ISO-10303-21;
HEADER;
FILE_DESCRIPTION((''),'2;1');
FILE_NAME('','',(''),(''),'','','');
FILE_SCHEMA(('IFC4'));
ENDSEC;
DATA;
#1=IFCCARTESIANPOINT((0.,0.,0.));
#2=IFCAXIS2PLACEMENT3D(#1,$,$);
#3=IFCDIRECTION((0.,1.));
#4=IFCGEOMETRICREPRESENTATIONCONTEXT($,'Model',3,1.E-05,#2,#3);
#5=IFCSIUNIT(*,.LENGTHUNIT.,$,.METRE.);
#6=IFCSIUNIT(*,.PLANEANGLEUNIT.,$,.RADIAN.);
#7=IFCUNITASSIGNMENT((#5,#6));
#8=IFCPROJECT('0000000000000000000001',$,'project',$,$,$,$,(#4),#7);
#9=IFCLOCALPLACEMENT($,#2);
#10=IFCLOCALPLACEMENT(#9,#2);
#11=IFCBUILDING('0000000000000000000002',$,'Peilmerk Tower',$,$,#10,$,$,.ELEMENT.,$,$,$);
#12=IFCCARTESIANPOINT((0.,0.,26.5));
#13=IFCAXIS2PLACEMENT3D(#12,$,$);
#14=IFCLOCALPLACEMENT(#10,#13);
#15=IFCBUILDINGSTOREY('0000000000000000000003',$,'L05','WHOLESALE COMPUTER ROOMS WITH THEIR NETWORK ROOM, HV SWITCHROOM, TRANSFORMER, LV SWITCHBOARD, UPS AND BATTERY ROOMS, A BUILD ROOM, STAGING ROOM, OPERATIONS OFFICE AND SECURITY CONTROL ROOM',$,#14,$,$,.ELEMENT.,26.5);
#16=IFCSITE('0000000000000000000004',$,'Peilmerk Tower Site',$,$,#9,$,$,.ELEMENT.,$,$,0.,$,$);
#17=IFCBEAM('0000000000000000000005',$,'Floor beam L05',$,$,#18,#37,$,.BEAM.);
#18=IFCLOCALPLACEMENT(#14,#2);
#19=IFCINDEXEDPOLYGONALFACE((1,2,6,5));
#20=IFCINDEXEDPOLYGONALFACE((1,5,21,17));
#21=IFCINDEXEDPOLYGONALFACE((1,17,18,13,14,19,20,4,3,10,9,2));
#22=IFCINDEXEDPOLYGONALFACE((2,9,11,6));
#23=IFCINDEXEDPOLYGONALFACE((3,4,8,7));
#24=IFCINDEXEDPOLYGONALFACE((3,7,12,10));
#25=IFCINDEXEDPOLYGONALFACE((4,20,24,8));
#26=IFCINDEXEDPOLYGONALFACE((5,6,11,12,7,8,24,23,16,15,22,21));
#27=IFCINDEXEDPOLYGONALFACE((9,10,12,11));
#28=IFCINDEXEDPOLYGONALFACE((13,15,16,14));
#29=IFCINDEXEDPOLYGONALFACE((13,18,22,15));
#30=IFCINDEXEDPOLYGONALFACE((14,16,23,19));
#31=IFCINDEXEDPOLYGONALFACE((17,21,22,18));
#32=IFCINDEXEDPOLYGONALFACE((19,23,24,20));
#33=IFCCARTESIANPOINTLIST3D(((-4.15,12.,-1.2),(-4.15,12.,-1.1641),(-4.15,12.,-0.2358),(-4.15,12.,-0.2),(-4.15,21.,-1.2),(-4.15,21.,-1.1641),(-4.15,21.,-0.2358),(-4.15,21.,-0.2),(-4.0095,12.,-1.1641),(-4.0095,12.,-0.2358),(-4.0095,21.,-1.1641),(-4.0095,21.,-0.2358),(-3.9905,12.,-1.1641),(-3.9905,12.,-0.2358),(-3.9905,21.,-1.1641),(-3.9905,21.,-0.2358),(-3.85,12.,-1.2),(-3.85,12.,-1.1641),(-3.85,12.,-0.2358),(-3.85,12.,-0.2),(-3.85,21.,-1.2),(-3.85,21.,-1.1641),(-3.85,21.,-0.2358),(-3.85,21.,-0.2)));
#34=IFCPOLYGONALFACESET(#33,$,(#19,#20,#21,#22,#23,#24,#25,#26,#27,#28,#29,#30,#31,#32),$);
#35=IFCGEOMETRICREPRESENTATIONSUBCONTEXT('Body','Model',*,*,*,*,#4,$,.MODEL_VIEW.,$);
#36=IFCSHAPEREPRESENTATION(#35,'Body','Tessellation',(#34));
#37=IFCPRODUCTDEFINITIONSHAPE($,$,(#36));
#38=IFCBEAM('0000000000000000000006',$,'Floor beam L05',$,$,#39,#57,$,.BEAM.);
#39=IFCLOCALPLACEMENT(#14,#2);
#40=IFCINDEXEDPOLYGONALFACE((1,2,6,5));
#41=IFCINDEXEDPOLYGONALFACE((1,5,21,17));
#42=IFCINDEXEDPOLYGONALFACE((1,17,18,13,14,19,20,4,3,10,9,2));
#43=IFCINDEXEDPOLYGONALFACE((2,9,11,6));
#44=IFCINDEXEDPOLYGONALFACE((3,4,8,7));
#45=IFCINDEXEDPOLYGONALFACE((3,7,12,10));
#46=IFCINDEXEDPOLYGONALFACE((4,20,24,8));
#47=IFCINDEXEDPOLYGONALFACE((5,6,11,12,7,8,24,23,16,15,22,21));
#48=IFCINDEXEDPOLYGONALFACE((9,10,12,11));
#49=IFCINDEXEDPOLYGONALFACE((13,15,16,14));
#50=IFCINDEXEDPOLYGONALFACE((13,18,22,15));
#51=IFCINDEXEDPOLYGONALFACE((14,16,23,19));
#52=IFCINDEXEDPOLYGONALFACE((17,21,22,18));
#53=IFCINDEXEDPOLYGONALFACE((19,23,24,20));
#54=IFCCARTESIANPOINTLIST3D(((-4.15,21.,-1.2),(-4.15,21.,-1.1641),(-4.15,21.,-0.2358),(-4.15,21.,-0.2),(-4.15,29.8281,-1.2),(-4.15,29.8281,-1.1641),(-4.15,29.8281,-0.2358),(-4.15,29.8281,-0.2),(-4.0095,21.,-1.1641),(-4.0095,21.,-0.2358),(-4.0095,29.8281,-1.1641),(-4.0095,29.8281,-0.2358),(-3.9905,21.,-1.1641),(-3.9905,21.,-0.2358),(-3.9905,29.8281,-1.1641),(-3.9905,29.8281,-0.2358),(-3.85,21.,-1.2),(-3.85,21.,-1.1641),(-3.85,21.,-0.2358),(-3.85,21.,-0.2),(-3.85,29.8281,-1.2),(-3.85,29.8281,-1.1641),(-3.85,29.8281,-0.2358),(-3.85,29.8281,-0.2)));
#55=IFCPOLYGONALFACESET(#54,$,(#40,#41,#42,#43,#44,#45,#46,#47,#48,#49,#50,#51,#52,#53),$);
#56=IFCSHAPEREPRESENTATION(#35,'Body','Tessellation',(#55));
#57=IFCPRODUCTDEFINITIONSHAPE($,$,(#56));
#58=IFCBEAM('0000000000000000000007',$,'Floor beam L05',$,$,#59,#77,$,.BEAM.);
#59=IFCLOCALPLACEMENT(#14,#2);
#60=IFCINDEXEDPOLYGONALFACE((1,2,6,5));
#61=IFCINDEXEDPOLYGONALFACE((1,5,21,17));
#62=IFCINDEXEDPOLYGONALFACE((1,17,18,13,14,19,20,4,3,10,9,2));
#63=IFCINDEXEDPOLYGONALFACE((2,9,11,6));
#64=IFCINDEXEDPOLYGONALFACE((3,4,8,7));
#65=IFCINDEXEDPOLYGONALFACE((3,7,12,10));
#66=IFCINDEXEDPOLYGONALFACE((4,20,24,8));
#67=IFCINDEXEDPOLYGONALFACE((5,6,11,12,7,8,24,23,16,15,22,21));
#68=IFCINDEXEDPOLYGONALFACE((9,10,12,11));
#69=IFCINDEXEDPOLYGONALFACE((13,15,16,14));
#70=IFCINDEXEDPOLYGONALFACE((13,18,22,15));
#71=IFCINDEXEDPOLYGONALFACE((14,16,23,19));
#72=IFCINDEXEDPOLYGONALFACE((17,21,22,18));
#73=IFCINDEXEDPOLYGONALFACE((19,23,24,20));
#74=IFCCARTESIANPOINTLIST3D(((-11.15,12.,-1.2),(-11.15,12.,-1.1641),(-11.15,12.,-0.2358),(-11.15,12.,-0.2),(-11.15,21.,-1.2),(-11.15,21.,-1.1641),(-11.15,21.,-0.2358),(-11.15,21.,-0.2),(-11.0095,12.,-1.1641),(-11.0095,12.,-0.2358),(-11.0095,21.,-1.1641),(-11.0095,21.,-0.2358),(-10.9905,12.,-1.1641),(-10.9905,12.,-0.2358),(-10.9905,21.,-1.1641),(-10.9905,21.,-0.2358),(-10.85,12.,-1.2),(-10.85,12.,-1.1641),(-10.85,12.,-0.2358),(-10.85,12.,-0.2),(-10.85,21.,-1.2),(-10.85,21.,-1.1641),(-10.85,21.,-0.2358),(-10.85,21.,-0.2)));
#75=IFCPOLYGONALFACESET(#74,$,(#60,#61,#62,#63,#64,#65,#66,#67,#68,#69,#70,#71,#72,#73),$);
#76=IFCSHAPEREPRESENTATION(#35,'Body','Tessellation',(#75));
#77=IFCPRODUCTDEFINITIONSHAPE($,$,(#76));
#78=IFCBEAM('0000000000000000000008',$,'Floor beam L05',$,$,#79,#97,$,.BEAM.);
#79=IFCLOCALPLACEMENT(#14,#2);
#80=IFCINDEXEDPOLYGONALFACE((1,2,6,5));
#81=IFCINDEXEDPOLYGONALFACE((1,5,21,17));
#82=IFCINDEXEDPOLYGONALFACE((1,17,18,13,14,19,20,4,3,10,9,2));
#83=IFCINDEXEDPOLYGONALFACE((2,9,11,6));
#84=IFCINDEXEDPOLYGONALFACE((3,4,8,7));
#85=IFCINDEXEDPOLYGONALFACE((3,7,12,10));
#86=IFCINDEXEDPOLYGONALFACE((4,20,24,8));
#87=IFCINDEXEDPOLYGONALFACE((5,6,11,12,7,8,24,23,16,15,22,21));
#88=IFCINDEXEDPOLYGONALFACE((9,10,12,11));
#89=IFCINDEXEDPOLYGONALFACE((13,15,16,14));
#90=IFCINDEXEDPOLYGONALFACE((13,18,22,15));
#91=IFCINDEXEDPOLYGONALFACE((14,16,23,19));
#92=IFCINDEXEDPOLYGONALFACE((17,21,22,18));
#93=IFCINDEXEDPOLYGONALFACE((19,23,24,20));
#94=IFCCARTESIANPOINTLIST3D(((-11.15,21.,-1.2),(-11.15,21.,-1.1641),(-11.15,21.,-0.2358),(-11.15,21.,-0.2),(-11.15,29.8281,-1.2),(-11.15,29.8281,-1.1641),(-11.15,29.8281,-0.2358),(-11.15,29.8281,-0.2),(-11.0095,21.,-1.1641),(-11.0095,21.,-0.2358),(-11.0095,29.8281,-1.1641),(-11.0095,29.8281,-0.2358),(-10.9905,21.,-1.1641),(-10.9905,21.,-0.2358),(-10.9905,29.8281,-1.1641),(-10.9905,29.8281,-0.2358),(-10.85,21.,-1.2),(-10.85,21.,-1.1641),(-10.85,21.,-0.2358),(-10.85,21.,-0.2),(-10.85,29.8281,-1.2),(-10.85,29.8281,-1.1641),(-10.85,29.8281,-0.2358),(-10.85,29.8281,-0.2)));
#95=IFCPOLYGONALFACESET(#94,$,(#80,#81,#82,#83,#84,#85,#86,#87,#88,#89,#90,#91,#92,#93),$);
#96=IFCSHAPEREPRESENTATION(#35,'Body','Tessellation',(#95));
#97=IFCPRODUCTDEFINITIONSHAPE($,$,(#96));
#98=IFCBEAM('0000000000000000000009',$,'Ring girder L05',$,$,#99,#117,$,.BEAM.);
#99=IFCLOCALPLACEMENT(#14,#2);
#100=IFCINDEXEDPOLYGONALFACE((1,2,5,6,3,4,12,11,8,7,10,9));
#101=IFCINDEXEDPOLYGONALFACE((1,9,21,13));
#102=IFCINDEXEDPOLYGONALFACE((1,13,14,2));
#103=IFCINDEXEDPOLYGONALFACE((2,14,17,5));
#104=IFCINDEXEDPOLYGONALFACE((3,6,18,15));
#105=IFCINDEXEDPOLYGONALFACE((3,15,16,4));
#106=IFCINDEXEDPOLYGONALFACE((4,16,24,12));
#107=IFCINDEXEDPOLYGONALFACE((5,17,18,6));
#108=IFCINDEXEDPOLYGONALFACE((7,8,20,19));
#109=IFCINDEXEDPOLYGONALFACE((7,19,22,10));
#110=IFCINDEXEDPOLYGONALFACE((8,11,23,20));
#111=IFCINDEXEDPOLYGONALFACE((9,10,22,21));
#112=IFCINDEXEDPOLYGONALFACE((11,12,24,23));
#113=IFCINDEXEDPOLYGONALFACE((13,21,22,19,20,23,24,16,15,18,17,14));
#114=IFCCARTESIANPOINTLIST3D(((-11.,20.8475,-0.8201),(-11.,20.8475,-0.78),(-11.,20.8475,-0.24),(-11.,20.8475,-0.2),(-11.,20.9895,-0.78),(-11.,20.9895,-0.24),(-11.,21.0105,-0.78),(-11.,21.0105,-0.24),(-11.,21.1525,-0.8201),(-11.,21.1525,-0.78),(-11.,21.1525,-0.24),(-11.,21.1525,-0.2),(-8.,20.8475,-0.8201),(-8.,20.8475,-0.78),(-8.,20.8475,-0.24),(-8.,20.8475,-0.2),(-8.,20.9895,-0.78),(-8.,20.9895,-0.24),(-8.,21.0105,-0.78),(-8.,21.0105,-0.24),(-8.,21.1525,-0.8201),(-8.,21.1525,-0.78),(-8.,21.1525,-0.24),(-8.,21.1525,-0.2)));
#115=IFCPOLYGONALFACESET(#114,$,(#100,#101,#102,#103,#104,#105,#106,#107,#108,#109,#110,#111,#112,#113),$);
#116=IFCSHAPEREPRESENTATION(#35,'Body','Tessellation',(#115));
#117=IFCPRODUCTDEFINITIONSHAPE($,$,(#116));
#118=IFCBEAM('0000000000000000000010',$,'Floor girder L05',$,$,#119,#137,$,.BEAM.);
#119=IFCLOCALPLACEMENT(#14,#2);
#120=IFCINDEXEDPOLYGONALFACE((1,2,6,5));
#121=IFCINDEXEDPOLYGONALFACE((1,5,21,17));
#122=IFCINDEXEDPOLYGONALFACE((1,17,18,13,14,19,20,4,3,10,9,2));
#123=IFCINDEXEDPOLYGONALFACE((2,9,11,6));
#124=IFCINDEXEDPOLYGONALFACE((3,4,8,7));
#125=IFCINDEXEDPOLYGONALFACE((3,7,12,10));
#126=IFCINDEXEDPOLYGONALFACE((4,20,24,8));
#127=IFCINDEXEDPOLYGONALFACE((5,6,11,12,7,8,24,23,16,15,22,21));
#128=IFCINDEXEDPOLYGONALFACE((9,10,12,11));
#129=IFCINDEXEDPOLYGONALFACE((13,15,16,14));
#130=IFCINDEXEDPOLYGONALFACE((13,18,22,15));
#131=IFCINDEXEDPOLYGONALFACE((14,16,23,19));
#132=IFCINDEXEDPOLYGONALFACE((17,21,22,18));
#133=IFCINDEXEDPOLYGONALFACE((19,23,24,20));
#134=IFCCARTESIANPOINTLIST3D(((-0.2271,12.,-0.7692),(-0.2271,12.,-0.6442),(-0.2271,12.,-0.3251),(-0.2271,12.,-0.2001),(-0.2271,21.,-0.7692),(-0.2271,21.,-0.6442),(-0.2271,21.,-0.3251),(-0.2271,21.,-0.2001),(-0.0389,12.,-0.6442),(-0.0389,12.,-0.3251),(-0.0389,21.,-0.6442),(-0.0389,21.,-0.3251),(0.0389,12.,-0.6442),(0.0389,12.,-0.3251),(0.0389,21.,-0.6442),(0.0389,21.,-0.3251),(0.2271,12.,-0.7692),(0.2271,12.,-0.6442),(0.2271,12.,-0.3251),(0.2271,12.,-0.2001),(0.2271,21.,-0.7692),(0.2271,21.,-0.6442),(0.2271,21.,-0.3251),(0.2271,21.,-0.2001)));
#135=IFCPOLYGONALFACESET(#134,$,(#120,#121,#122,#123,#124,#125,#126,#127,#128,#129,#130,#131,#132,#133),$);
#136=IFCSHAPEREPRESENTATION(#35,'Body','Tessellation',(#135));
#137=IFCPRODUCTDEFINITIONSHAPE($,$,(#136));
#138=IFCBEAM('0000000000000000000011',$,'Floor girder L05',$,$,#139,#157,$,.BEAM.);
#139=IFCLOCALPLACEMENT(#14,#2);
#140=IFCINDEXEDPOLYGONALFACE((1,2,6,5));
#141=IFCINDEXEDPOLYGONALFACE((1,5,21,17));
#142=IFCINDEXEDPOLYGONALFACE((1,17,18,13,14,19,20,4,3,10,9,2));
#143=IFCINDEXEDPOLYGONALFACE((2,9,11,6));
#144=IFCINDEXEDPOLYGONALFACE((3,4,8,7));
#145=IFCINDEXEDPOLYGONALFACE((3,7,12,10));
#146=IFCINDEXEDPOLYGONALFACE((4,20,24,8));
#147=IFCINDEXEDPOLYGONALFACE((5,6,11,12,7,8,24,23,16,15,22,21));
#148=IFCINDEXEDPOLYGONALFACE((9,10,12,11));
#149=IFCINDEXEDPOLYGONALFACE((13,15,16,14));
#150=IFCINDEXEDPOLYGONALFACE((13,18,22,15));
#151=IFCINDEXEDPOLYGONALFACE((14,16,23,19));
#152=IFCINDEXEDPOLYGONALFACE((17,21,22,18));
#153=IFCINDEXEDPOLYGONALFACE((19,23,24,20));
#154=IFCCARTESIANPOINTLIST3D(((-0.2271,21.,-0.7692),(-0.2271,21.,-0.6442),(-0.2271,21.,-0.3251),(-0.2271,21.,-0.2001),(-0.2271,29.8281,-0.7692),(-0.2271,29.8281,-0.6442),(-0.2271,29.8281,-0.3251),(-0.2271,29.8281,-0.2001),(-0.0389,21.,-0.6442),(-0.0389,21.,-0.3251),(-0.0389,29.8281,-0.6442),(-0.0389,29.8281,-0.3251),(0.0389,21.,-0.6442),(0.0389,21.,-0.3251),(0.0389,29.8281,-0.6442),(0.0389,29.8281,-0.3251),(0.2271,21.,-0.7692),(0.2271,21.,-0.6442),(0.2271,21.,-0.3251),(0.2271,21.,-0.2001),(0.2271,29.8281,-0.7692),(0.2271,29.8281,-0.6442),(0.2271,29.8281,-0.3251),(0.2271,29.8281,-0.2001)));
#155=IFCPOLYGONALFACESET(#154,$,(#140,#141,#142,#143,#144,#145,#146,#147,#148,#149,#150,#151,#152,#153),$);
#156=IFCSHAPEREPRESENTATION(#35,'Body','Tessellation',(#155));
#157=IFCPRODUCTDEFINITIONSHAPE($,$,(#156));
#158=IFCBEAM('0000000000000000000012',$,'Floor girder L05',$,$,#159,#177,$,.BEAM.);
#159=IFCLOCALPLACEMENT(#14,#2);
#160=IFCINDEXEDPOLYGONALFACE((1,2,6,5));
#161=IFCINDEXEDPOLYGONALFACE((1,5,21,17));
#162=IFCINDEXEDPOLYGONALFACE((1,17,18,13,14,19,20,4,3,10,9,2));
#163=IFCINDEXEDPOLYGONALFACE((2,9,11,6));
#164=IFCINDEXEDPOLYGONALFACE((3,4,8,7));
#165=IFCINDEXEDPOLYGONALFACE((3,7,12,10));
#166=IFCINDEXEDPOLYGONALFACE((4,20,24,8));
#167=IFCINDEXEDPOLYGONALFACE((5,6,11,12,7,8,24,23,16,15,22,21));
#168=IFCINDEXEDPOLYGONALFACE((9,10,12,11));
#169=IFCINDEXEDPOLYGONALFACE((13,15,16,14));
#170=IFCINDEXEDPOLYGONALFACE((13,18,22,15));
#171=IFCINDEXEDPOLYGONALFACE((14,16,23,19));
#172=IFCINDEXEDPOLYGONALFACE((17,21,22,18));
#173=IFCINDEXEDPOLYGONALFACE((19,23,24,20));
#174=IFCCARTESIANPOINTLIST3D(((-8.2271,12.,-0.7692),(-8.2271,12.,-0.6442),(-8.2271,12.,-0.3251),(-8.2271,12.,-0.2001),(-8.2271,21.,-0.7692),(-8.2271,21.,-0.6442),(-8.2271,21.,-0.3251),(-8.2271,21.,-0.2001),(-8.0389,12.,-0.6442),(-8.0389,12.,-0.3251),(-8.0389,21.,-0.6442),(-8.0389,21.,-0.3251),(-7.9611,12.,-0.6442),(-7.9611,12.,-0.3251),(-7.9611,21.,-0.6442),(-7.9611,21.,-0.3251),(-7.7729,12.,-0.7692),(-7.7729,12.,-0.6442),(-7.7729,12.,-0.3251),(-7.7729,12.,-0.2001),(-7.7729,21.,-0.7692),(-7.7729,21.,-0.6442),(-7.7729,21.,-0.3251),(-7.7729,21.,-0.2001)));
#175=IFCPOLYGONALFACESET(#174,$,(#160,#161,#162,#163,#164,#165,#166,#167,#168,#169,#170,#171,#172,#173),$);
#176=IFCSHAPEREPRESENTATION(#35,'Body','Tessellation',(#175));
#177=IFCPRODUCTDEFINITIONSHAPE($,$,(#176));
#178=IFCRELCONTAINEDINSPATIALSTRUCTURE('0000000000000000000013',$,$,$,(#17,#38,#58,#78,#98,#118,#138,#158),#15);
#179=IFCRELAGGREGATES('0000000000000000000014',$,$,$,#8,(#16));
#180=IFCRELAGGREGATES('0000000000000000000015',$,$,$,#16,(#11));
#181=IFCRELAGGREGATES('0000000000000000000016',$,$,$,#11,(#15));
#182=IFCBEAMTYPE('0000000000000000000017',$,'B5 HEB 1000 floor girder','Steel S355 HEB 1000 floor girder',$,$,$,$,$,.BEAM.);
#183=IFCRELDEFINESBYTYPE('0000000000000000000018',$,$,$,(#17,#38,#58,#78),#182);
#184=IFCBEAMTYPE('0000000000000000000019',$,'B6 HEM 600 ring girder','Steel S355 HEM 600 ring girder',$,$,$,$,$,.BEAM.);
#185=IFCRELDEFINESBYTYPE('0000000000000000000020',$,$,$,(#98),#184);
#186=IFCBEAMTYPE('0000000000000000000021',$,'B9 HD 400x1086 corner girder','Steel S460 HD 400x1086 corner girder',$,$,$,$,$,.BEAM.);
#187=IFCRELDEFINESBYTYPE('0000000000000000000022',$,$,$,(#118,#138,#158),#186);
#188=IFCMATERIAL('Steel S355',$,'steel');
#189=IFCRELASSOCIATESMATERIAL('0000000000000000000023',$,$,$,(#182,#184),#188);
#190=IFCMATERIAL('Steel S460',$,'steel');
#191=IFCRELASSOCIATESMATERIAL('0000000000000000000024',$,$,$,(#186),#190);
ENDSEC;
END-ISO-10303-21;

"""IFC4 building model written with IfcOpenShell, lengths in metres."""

from ifc_helpers import new_model, si_unit, direction, frame, origin, origin_2d, place, context, subcontext, project, spatial, i_section, extrude, material, material_profile, profile_set, type_object, element, save


model = new_model("IFC4")

# Units and contexts
model_context = context("Model", 3, precision=1e-05, world=origin(), true_north=direction((0.0, 1.0)))
body_context = subcontext(model_context, "Body", "Model", "MODEL_VIEW")
ifc_project = project(units=[si_unit("LENGTHUNIT", "METRE"), si_unit("PLANEANGLEUNIT", "RADIAN")], contexts=[model_context])

# Site, building, storey
site_placement = place(None, origin())
site = spatial("IfcSite", under=ifc_project, at=site_placement, Name="Peilmerk Tower Site", CompositionType="ELEMENT", RefElevation=0.0)
building_placement = place(site_placement, origin())
building = spatial("IfcBuilding", under=site, at=building_placement, Name="Peilmerk Tower", CompositionType="ELEMENT")
storey_placement = place(building_placement, frame((0.0, 0.0, 26.5)))
storey = spatial("IfcBuildingStorey", under=building, at=storey_placement, Name="L05", Description="WHOLESALE COMPUTER ROOMS WITH THEIR NETWORK ROOM, HV SWITCHROOM, TRANSFORMER, LV SWITCHBOARD, UPS AND BATTERY ROOMS, A BUILD ROOM, STAGING ROOM, OPERATIONS OFFICE AND SECURITY CONTROL ROOM", CompositionType="ELEMENT", Elevation=26.5)

# Beams
ifc_material_1 = material(Name="Steel S355", Category="steel")
ifc_material_profile_1 = material_profile(ifc_material_1, i_section(OverallWidth=0.3, OverallDepth=1.0, WebThickness=0.019, FlangeThickness=0.0359, at=origin_2d()), Name="HEB 1000")
ifc_profile_set_1 = profile_set([ifc_material_profile_1], Name="Steel S355")
beam_type_1 = type_object("IfcBeamType", Name="B5 HEB 1000 floor girder", Description="Steel S355 HEB 1000 floor girder", PredefinedType="BEAM", material=ifc_profile_set_1)
beam_1_placement = place(storey_placement, frame((-4.0, 12.0, -0.7), z_axis=(0.0, 1.0, 0.0), x_axis=(-1.0, 0.0, 0.0)))
element("IfcBeam", 1, at=beam_1_placement, inside=storey, type_object=beam_type_1, Name="Floor beam L05", PredefinedType="BEAM", context=body_context, shape_type="SweptSolid", body=[
    extrude(i_section(OverallWidth=0.3, OverallDepth=1.0, WebThickness=0.019, FlangeThickness=0.0359, at=origin_2d()), origin(), (0.0, 0.0, 1.0), 9.0),
])
beam_2_placement = place(storey_placement, frame((-4.0, 21.0, -0.7), z_axis=(0.0, 1.0, 0.0), x_axis=(-1.0, 0.0, 0.0)))
element("IfcBeam", 2, at=beam_2_placement, inside=storey, type_object=beam_type_1, Name="Floor beam L05", PredefinedType="BEAM", context=body_context, shape_type="SweptSolid", body=[
    extrude(i_section(OverallWidth=0.3, OverallDepth=1.0, WebThickness=0.019, FlangeThickness=0.0359, at=origin_2d()), origin(), (0.0, 0.0, 1.0), 8.8281),
])
beam_3_placement = place(storey_placement, frame((-11.0, 12.0, -0.7), z_axis=(0.0, 1.0, 0.0), x_axis=(-1.0, 0.0, 0.0)))
element("IfcBeam", 3, at=beam_3_placement, inside=storey, type_object=beam_type_1, Name="Floor beam L05", PredefinedType="BEAM", context=body_context, shape_type="SweptSolid", body=[
    extrude(i_section(OverallWidth=0.3, OverallDepth=1.0, WebThickness=0.019, FlangeThickness=0.0359, at=origin_2d()), origin(), (0.0, 0.0, 1.0), 9.0),
])
beam_4_placement = place(storey_placement, frame((-11.0, 21.0, -0.7), z_axis=(0.0, 1.0, 0.0), x_axis=(-1.0, 0.0, 0.0)))
element("IfcBeam", 4, at=beam_4_placement, inside=storey, type_object=beam_type_1, Name="Floor beam L05", PredefinedType="BEAM", context=body_context, shape_type="SweptSolid", body=[
    extrude(i_section(OverallWidth=0.3, OverallDepth=1.0, WebThickness=0.019, FlangeThickness=0.0359, at=origin_2d()), origin(), (0.0, 0.0, 1.0), 8.8281),
])
ifc_material_profile_2 = material_profile(ifc_material_1, i_section(OverallWidth=0.3049, OverallDepth=0.6201, WebThickness=0.021, FlangeThickness=0.04, at=origin_2d()), Name="HEM 600")
ifc_profile_set_2 = profile_set([ifc_material_profile_2], Name="Steel S355")
beam_type_2 = type_object("IfcBeamType", Name="B6 HEM 600 ring girder", Description="Steel S355 HEM 600 ring girder", PredefinedType="BEAM", material=ifc_profile_set_2)
beam_5_placement = place(storey_placement, frame((-8.0, 21.0, -0.51), z_axis=(-1.0, 0.0, 0.0), x_axis=(0.0, -1.0, 0.0)))
element("IfcBeam", 5, at=beam_5_placement, inside=storey, type_object=beam_type_2, Name="Ring girder L05", PredefinedType="BEAM", context=body_context, shape_type="SweptSolid", body=[
    extrude(i_section(OverallWidth=0.3049, OverallDepth=0.6201, WebThickness=0.021, FlangeThickness=0.04, at=origin_2d()), origin(), (0.0, 0.0, 1.0), 3.0),
])
ifc_material_2 = material(Name="Steel S460", Category="steel")
ifc_material_profile_3 = material_profile(ifc_material_2, i_section(OverallWidth=0.4541, OverallDepth=0.5691, WebThickness=0.0779, FlangeThickness=0.125, at=origin_2d()), Name="HD 400x1086")
ifc_profile_set_3 = profile_set([ifc_material_profile_3], Name="Steel S460")
beam_type_3 = type_object("IfcBeamType", Name="B9 HD 400x1086 corner girder", Description="Steel S460 HD 400x1086 corner girder", PredefinedType="BEAM", material=ifc_profile_set_3)
beam_6_placement = place(storey_placement, frame((0.0, 12.0, -0.4846), z_axis=(0.0, 1.0, 0.0), x_axis=(-1.0, 0.0, 0.0)))
element("IfcBeam", 6, at=beam_6_placement, inside=storey, type_object=beam_type_3, Name="Floor girder L05", PredefinedType="BEAM", context=body_context, shape_type="SweptSolid", body=[
    extrude(i_section(OverallWidth=0.4541, OverallDepth=0.5691, WebThickness=0.0779, FlangeThickness=0.125, at=origin_2d()), origin(), (0.0, 0.0, 1.0), 9.0),
])
beam_7_placement = place(storey_placement, frame((0.0, 21.0, -0.4846), z_axis=(0.0, 1.0, 0.0), x_axis=(-1.0, 0.0, 0.0)))
element("IfcBeam", 7, at=beam_7_placement, inside=storey, type_object=beam_type_3, Name="Floor girder L05", PredefinedType="BEAM", context=body_context, shape_type="SweptSolid", body=[
    extrude(i_section(OverallWidth=0.4541, OverallDepth=0.5691, WebThickness=0.0779, FlangeThickness=0.125, at=origin_2d()), origin(), (0.0, 0.0, 1.0), 8.8281),
])
beam_8_placement = place(storey_placement, frame((-8.0, 12.0, -0.4846), z_axis=(0.0, 1.0, 0.0), x_axis=(-1.0, 0.0, 0.0)))
element("IfcBeam", 8, at=beam_8_placement, inside=storey, type_object=beam_type_3, Name="Floor girder L05", PredefinedType="BEAM", context=body_context, shape_type="SweptSolid", body=[
    extrude(i_section(OverallWidth=0.4541, OverallDepth=0.5691, WebThickness=0.0779, FlangeThickness=0.125, at=origin_2d()), origin(), (0.0, 0.0, 1.0), 9.0),
])

save(model, "model.ifc")
